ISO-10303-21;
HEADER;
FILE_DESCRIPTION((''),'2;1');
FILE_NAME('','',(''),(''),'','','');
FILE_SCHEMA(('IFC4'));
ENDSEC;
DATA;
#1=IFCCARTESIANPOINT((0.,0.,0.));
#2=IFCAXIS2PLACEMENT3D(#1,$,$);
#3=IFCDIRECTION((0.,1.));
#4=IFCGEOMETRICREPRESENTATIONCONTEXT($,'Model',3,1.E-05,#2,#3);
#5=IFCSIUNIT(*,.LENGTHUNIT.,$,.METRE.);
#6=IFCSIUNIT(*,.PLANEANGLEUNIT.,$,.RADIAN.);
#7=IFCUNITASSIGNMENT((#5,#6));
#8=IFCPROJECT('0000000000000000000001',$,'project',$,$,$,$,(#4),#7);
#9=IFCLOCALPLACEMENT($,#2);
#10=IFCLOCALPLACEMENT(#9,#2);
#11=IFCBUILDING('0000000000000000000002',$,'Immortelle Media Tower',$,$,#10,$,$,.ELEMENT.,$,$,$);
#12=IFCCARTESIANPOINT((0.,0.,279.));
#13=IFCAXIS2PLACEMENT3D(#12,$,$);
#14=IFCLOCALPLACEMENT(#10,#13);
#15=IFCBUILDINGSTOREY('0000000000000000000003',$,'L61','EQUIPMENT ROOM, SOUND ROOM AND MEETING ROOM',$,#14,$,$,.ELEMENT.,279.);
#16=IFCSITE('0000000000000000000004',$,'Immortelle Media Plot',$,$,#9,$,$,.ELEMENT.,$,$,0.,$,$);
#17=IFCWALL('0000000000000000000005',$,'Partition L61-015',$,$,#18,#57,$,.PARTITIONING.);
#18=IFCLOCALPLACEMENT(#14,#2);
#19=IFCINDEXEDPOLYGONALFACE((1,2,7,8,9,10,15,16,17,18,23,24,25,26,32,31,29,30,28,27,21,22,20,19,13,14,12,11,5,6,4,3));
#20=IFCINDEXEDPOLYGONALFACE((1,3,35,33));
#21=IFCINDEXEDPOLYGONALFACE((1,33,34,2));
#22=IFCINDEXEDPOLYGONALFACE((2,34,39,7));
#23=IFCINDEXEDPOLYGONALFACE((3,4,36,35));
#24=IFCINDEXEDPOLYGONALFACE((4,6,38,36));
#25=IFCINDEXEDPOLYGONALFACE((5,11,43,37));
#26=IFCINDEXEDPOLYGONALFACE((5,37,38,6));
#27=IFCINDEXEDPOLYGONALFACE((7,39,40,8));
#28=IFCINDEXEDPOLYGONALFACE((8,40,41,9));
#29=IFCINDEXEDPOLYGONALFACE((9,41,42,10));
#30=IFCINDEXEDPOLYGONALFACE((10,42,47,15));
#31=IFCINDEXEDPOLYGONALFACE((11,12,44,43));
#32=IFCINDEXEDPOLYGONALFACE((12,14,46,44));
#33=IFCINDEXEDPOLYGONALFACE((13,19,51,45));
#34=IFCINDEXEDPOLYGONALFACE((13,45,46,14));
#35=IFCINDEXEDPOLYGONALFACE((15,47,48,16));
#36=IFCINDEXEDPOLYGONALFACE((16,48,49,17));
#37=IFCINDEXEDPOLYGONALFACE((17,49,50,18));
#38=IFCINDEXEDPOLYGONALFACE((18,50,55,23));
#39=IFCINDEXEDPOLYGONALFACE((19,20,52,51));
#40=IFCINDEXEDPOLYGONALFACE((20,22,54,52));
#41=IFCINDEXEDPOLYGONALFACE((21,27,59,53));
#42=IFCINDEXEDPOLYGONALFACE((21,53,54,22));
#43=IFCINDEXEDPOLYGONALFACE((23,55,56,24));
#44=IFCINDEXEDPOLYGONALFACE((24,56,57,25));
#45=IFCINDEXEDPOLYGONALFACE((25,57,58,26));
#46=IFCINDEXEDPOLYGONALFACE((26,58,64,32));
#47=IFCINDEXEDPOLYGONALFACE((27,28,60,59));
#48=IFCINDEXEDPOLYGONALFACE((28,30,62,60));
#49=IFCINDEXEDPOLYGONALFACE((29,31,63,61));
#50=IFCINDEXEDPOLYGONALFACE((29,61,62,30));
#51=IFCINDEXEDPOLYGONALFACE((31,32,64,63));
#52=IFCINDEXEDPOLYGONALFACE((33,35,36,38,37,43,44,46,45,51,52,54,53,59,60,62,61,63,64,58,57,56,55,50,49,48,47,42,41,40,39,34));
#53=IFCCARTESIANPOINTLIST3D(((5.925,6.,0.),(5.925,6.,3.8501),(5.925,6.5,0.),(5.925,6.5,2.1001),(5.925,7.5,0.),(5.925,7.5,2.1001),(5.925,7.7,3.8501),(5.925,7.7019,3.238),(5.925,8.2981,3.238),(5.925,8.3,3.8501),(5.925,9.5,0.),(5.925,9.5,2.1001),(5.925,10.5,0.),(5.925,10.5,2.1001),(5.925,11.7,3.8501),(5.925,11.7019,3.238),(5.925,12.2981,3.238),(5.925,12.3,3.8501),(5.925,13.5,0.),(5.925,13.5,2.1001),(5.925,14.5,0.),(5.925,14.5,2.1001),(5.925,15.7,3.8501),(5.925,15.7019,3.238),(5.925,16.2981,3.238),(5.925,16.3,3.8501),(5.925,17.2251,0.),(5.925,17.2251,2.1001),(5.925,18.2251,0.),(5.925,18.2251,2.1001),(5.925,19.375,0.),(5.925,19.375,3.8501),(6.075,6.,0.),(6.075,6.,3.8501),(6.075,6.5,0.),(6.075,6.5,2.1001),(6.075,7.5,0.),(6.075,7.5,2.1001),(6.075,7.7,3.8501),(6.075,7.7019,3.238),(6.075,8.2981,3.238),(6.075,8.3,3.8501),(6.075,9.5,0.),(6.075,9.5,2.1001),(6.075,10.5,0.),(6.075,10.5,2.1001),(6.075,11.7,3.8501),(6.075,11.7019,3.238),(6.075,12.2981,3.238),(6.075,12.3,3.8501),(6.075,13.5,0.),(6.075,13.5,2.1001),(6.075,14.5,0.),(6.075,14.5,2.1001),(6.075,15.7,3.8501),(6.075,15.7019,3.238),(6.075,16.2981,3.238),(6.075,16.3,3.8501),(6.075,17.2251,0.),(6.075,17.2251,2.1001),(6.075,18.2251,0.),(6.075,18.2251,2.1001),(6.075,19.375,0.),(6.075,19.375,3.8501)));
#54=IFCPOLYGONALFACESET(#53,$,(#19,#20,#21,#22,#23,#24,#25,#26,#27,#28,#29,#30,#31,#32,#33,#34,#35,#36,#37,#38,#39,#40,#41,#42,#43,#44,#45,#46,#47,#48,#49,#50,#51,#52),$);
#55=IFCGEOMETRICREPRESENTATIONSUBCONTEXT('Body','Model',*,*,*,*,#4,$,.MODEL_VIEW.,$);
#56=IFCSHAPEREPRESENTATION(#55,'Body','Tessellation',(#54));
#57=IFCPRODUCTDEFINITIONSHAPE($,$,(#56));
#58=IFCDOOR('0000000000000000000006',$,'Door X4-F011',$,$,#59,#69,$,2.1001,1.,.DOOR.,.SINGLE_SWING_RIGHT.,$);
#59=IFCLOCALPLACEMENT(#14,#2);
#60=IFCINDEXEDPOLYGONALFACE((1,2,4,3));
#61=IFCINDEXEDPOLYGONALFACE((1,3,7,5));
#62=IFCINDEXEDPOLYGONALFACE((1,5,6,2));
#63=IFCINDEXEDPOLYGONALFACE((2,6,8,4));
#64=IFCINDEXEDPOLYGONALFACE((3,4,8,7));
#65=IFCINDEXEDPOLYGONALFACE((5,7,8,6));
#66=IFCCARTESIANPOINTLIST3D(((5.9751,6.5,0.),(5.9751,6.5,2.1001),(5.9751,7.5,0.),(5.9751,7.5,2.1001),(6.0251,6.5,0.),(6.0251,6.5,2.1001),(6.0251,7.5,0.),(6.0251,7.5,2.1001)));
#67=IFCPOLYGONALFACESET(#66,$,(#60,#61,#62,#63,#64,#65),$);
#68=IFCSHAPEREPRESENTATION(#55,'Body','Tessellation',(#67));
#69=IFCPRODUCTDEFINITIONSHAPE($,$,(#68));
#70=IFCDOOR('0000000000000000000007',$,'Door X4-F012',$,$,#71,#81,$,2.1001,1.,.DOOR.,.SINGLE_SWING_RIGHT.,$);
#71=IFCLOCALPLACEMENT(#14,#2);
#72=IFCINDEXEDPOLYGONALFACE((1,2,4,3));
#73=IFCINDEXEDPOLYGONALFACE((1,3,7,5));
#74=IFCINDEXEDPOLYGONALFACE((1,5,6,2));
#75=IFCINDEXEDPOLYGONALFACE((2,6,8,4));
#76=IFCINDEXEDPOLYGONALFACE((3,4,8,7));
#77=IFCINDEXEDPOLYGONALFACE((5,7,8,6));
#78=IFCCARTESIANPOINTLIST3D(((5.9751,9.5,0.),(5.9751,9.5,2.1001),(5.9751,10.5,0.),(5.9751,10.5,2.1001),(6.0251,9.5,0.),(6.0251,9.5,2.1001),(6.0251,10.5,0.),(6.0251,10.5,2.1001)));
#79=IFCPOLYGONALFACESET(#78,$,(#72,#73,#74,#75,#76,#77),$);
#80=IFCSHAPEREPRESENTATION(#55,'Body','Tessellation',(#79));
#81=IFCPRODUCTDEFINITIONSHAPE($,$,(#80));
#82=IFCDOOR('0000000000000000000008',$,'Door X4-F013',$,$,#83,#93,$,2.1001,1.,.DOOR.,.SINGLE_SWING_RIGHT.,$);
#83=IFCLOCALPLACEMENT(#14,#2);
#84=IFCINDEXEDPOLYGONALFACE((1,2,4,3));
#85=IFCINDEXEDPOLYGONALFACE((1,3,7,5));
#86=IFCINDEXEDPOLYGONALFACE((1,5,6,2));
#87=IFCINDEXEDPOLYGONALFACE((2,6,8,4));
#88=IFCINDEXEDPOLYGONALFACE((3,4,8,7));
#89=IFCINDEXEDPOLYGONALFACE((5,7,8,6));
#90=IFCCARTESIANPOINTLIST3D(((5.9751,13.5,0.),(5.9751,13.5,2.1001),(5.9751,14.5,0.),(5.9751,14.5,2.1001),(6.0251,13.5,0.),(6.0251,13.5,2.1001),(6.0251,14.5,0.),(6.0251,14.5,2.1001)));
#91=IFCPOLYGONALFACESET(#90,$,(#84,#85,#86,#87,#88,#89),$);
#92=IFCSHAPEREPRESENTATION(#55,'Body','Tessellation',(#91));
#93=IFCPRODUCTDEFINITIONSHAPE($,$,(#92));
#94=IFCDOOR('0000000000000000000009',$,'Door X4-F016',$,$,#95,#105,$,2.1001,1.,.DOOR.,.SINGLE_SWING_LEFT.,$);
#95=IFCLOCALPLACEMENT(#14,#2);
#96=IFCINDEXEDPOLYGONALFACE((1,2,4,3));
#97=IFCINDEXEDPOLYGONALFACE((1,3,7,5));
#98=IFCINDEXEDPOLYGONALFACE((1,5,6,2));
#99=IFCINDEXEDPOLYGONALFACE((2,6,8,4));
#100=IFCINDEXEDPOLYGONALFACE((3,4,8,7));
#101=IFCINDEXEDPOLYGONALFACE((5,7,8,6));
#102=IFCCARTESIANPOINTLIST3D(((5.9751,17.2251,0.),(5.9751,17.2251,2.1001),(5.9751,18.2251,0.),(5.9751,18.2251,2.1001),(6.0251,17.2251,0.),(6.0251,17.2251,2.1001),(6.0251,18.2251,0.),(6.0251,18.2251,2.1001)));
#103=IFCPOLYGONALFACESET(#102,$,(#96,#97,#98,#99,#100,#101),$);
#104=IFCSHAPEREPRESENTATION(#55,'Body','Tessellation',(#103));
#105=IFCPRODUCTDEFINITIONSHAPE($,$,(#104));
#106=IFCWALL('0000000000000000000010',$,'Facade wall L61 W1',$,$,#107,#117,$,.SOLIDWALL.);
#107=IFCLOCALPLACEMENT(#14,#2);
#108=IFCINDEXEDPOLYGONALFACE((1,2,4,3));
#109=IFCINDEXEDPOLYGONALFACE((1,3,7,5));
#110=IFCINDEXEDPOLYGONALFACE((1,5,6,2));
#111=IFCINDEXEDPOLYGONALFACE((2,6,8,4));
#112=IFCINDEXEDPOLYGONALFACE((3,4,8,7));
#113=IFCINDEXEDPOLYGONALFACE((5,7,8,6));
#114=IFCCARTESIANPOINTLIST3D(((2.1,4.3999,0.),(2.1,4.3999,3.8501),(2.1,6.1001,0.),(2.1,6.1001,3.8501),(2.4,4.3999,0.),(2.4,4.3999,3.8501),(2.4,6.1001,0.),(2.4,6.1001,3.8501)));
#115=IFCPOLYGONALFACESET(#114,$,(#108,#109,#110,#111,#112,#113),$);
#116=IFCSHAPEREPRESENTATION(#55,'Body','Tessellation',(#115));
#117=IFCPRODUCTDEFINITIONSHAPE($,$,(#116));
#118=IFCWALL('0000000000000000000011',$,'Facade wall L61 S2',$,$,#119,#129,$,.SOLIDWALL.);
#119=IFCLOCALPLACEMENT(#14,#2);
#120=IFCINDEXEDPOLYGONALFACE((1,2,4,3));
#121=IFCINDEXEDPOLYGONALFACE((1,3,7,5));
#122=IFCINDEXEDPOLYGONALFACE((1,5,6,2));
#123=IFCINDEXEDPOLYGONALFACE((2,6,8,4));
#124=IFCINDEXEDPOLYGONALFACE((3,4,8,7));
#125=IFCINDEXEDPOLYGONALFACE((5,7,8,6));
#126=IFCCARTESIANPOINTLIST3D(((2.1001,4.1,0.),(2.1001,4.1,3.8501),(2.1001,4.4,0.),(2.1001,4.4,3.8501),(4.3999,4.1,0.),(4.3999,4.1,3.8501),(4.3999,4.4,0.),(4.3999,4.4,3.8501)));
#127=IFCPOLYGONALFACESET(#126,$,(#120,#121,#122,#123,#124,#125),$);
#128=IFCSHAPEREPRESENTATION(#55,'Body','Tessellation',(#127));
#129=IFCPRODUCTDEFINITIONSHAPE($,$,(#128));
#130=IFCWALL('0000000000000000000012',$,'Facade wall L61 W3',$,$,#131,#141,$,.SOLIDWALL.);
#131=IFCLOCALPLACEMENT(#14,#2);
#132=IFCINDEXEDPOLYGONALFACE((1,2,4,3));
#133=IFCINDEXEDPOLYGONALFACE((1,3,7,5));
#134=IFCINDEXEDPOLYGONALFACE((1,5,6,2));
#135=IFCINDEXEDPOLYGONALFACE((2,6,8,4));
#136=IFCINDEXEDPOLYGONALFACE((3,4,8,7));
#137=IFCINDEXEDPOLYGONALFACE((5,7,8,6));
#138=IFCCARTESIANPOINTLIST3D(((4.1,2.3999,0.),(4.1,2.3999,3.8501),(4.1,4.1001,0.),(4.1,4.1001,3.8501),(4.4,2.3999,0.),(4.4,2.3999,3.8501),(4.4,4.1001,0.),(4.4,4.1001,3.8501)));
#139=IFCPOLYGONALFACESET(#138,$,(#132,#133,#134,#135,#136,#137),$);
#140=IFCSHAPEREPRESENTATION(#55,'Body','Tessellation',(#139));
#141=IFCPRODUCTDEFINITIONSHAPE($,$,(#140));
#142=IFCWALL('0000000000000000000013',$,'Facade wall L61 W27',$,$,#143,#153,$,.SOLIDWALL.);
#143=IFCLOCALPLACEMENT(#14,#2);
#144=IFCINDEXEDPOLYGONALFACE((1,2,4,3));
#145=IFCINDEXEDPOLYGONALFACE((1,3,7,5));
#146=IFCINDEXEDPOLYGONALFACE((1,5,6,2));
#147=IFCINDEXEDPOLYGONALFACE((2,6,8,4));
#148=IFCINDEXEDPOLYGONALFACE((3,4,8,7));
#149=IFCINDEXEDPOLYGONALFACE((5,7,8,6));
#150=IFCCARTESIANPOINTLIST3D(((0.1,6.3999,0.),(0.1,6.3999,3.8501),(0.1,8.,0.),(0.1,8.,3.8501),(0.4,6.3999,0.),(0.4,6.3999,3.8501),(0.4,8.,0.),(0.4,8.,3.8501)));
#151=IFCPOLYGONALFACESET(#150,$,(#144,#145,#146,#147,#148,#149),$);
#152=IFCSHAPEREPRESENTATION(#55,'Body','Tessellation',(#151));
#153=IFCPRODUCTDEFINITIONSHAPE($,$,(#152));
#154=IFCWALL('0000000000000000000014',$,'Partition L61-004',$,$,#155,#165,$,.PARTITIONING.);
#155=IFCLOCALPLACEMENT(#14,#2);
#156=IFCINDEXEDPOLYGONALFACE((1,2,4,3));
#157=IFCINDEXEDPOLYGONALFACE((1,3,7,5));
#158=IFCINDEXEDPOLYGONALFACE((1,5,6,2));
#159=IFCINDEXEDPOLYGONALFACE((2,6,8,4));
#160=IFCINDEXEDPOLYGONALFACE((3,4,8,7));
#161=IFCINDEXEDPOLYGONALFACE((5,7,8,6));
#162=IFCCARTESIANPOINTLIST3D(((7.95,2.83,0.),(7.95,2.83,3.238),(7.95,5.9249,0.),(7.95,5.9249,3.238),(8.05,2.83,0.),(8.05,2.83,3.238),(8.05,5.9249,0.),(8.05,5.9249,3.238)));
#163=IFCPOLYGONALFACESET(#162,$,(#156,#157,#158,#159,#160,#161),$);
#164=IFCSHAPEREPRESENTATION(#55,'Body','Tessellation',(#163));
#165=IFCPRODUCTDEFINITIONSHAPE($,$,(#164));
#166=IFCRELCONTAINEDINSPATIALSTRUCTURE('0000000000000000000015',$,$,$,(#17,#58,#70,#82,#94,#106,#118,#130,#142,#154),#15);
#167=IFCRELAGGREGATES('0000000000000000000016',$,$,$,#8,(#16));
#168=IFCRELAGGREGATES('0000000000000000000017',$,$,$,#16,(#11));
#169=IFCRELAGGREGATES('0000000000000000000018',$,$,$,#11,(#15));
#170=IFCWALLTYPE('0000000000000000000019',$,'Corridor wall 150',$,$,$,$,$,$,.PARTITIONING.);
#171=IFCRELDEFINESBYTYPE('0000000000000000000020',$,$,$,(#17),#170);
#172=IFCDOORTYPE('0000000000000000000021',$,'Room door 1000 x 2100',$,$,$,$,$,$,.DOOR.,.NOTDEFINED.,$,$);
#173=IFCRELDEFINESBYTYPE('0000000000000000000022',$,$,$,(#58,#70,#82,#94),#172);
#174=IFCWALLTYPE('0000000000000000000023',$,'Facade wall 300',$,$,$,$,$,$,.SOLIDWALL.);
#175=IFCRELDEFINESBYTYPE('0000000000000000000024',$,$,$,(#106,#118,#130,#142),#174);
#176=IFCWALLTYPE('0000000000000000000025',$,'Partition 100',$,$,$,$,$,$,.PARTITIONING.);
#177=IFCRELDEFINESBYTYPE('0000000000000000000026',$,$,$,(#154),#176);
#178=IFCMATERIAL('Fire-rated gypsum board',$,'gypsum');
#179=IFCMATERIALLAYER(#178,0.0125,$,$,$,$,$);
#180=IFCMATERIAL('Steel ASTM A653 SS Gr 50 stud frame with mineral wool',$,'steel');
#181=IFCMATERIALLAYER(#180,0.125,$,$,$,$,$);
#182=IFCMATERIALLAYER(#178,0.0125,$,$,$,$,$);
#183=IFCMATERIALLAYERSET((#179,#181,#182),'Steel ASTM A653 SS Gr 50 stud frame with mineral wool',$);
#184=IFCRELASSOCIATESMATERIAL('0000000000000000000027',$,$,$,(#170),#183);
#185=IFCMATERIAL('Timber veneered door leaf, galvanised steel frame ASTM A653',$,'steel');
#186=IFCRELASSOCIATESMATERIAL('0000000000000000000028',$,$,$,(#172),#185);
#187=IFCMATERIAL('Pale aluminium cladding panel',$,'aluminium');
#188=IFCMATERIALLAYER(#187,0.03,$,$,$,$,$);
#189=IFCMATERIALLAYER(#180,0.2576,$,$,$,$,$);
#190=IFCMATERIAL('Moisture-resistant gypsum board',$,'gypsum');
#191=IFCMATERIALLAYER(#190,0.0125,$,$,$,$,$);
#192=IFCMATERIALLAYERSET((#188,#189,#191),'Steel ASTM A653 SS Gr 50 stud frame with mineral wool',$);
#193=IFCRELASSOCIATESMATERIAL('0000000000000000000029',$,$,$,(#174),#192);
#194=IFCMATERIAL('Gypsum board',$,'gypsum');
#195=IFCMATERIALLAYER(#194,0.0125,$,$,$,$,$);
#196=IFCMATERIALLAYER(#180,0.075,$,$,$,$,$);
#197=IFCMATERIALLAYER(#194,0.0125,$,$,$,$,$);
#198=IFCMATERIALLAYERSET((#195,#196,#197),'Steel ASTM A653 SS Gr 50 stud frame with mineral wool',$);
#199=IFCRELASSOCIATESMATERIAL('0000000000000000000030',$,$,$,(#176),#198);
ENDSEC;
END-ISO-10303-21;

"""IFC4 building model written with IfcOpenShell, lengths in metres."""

from ifc_helpers import new_model, si_unit, direction, frame, frame_2d, origin, place, context, subcontext, project, spatial, polyline, rectangle, outline, extrude, material, layer, layer_set, type_object, element, fill, save


model = new_model("IFC4")

# Units and contexts
model_context = context("Model", 3, precision=1e-05, world=origin(), true_north=direction((0.0, 1.0)))
body_context = subcontext(model_context, "Body", "Model", "MODEL_VIEW")
ifc_project = project(units=[si_unit("LENGTHUNIT", "METRE"), si_unit("PLANEANGLEUNIT", "RADIAN")], contexts=[model_context])

# Site, building, storey
site_placement = place(None, origin())
site = spatial("IfcSite", under=ifc_project, at=site_placement, Name="Immortelle Media Plot", CompositionType="ELEMENT", RefElevation=0.0)
building_placement = place(site_placement, origin())
building = spatial("IfcBuilding", under=site, at=building_placement, Name="Immortelle Media Tower", CompositionType="ELEMENT")
storey_placement = place(building_placement, frame((0.0, 0.0, 279.0)))
storey = spatial("IfcBuildingStorey", under=building, at=storey_placement, Name="L61", Description="EQUIPMENT ROOM, SOUND ROOM AND MEETING ROOM", CompositionType="ELEMENT", Elevation=279.0)

# Wall, openings, doors
ifc_material_1 = material(Name="Fire-rated gypsum board", Category="gypsum")
ifc_layer_1 = layer(ifc_material_1, 0.0125)
ifc_material_2 = material(Name="Steel ASTM A653 SS Gr 50 stud frame with mineral wool", Category="steel")
ifc_layer_2 = layer(ifc_material_2, 0.125)
ifc_layer_3 = layer(ifc_material_1, 0.0125)
ifc_layer_set_1 = layer_set([ifc_layer_1, ifc_layer_2, ifc_layer_3], Name="Steel ASTM A653 SS Gr 50 stud frame with mineral wool")
wall_type_1 = type_object("IfcWallType", Name="Corridor wall 150", PredefinedType="PARTITIONING", material=ifc_layer_set_1)
ifc_material_3 = material(Name="Timber veneered door leaf, galvanised steel frame ASTM A653", Category="steel")
door_type = type_object("IfcDoorType", Name="Room door 1000 x 2100", OperationType="NOTDEFINED", PredefinedType="DOOR", material=ifc_material_3)
wall_1_placement = place(storey_placement, frame((6.0, 6.0, 0.0), z_axis=(0.0, 0.0, 1.0), x_axis=(0.0, 1.0, 0.0)))
wall_1 = element("IfcWall", 1, at=wall_1_placement, inside=storey, type_object=wall_type_1, Name="Partition L61-015", PredefinedType="PARTITIONING", context=body_context, shape_type="SweptSolid", body=[
    extrude(outline(polyline([(0.0, 0.0), (13.375, 0.0), (13.375, 3.8501), (10.3, 3.8501), (10.2981, 3.238), (9.7019, 3.238), (9.7, 3.8501), (6.3, 3.8501), (6.2981, 3.238), (5.7019, 3.238), (5.7, 3.8501), (2.3, 3.8501), (2.2981, 3.238), (1.7019, 3.238), (1.7, 3.8501), (0.0, 3.8501), (0.0, 0.0)])), frame((0.0, 0.075, 0.0), z_axis=(0.0, -1.0, 0.0), x_axis=(1.0, 0.0, 0.0)), (0.0, 0.0, 1.0), 0.1499),
])
opening_1_placement = place(wall_1_placement, frame((0.5, 0.0, 0.0)))
opening_1 = element("IfcOpeningElement", 2, at=opening_1_placement, cuts=wall_1, PredefinedType="OPENING", context=body_context, shape_type="SweptSolid", body=[
    extrude(rectangle(XDim=1.0, YDim=2.1001, at=frame_2d((0.5, 1.05))), frame((0.0, 0.085, 0.0), z_axis=(0.0, -1.0, 0.0), x_axis=(1.0, 0.0, 0.0)), (0.0, 0.0, 1.0), 0.1699),
])
opening_2_placement = place(wall_1_placement, frame((3.5, 0.0, 0.0)))
opening_2 = element("IfcOpeningElement", 3, at=opening_2_placement, cuts=wall_1, PredefinedType="OPENING", context=body_context, shape_type="SweptSolid", body=[
    extrude(rectangle(XDim=1.0, YDim=2.1001, at=frame_2d((0.5, 1.05))), frame((0.0, 0.085, 0.0), z_axis=(0.0, -1.0, 0.0), x_axis=(1.0, 0.0, 0.0)), (0.0, 0.0, 1.0), 0.1699),
])
opening_3_placement = place(wall_1_placement, frame((7.5, 0.0, 0.0)))
opening_3 = element("IfcOpeningElement", 4, at=opening_3_placement, cuts=wall_1, PredefinedType="OPENING", context=body_context, shape_type="SweptSolid", body=[
    extrude(rectangle(XDim=1.0, YDim=2.1001, at=frame_2d((0.5, 1.05))), frame((0.0, 0.085, 0.0), z_axis=(0.0, -1.0, 0.0), x_axis=(1.0, 0.0, 0.0)), (0.0, 0.0, 1.0), 0.1699),
])
opening_4_placement = place(wall_1_placement, frame((11.2251, 0.0, 0.0)))
opening_4 = element("IfcOpeningElement", 5, at=opening_4_placement, cuts=wall_1, PredefinedType="OPENING", context=body_context, shape_type="SweptSolid", body=[
    extrude(rectangle(XDim=1.0, YDim=2.1001, at=frame_2d((0.5, 1.05))), frame((0.0, 0.085, 0.0), z_axis=(0.0, -1.0, 0.0), x_axis=(1.0, 0.0, 0.0)), (0.0, 0.0, 1.0), 0.1699),
])
door_1_placement = place(opening_1_placement, origin())
door_1 = element("IfcDoor", 6, at=door_1_placement, inside=storey, type_object=door_type, Name="Door X4-F011", OperationType="SINGLE_SWING_RIGHT", OverallHeight=2.1001, OverallWidth=1.0, PredefinedType="DOOR", context=body_context, shape_type="SweptSolid", body=[
    extrude(rectangle(XDim=1.0, YDim=2.1001, at=frame_2d((0.5, 1.05))), frame((0.0, 0.0249, 0.0), z_axis=(0.0, -1.0, 0.0), x_axis=(1.0, 0.0, 0.0)), (0.0, 0.0, 1.0), 0.05),
])
fill(opening_1, door_1)
door_2_placement = place(opening_2_placement, origin())
door_2 = element("IfcDoor", 7, at=door_2_placement, inside=storey, type_object=door_type, Name="Door X4-F012", OperationType="SINGLE_SWING_RIGHT", OverallHeight=2.1001, OverallWidth=1.0, PredefinedType="DOOR", context=body_context, shape_type="SweptSolid", body=[
    extrude(rectangle(XDim=1.0, YDim=2.1001, at=frame_2d((0.5, 1.05))), frame((0.0, 0.0249, 0.0), z_axis=(0.0, -1.0, 0.0), x_axis=(1.0, 0.0, 0.0)), (0.0, 0.0, 1.0), 0.05),
])
fill(opening_2, door_2)
door_3_placement = place(opening_3_placement, origin())
door_3 = element("IfcDoor", 8, at=door_3_placement, inside=storey, type_object=door_type, Name="Door X4-F013", OperationType="SINGLE_SWING_RIGHT", OverallHeight=2.1001, OverallWidth=1.0, PredefinedType="DOOR", context=body_context, shape_type="SweptSolid", body=[
    extrude(rectangle(XDim=1.0, YDim=2.1001, at=frame_2d((0.5, 1.05))), frame((0.0, 0.0249, 0.0), z_axis=(0.0, -1.0, 0.0), x_axis=(1.0, 0.0, 0.0)), (0.0, 0.0, 1.0), 0.05),
])
fill(opening_3, door_3)
door_4_placement = place(opening_4_placement, origin())
door_4 = element("IfcDoor", 9, at=door_4_placement, inside=storey, type_object=door_type, Name="Door X4-F016", OperationType="SINGLE_SWING_LEFT", OverallHeight=2.1001, OverallWidth=1.0, PredefinedType="DOOR", context=body_context, shape_type="SweptSolid", body=[
    extrude(rectangle(XDim=1.0, YDim=2.1001, at=frame_2d((0.5, 1.05))), frame((0.0, 0.0249, 0.0), z_axis=(0.0, -1.0, 0.0), x_axis=(1.0, 0.0, 0.0)), (0.0, 0.0, 1.0), 0.05),
])
fill(opening_4, door_4)

# Walls
ifc_material_4 = material(Name="Pale aluminium cladding panel", Category="aluminium")
ifc_layer_4 = layer(ifc_material_4, 0.03)
ifc_layer_5 = layer(ifc_material_2, 0.2576)
ifc_material_5 = material(Name="Moisture-resistant gypsum board", Category="gypsum")
ifc_layer_6 = layer(ifc_material_5, 0.0125)
ifc_layer_set_2 = layer_set([ifc_layer_4, ifc_layer_5, ifc_layer_6], Name="Steel ASTM A653 SS Gr 50 stud frame with mineral wool")
wall_type_2 = type_object("IfcWallType", Name="Facade wall 300", PredefinedType="SOLIDWALL", material=ifc_layer_set_2)
wall_2_placement = place(storey_placement, frame((2.25, 6.1001, 0.0), z_axis=(0.0, 0.0, 1.0), x_axis=(0.0, -1.0, 0.0)))
element("IfcWall", 10, at=wall_2_placement, inside=storey, type_object=wall_type_2, Name="Facade wall L61 W1", PredefinedType="SOLIDWALL", context=body_context, shape_type="SweptSolid", body=[
    extrude(rectangle(XDim=1.7002, YDim=0.3, at=frame_2d((0.8501, 0.0))), origin(), (0.0, 0.0, 1.0), 3.8501),
])
wall_3_placement = place(storey_placement, frame((2.1001, 4.25, 0.0), z_axis=(0.0, 0.0, 1.0), x_axis=(1.0, 0.0, 0.0)))
element("IfcWall", 11, at=wall_3_placement, inside=storey, type_object=wall_type_2, Name="Facade wall L61 S2", PredefinedType="SOLIDWALL", context=body_context, shape_type="SweptSolid", body=[
    extrude(rectangle(XDim=2.2998, YDim=0.3, at=frame_2d((1.1499, 0.0))), origin(), (0.0, 0.0, 1.0), 3.8501),
])
wall_4_placement = place(storey_placement, frame((4.25, 4.1001, 0.0), z_axis=(0.0, 0.0, 1.0), x_axis=(0.0, -1.0, 0.0)))
element("IfcWall", 12, at=wall_4_placement, inside=storey, type_object=wall_type_2, Name="Facade wall L61 W3", PredefinedType="SOLIDWALL", context=body_context, shape_type="SweptSolid", body=[
    extrude(rectangle(XDim=1.7002, YDim=0.3, at=frame_2d((0.8501, 0.0))), origin(), (0.0, 0.0, 1.0), 3.8501),
])
wall_5_placement = place(storey_placement, frame((0.25, 8.0, 0.0), z_axis=(0.0, 0.0, 1.0), x_axis=(0.0, -1.0, 0.0)))
element("IfcWall", 13, at=wall_5_placement, inside=storey, type_object=wall_type_2, Name="Facade wall L61 W27", PredefinedType="SOLIDWALL", context=body_context, shape_type="SweptSolid", body=[
    extrude(rectangle(XDim=1.6001, YDim=0.3, at=frame_2d((0.8, 0.0))), origin(), (0.0, 0.0, 1.0), 3.8501),
])
ifc_material_6 = material(Name="Gypsum board", Category="gypsum")
ifc_layer_7 = layer(ifc_material_6, 0.0125)
ifc_layer_8 = layer(ifc_material_2, 0.075)
ifc_layer_9 = layer(ifc_material_6, 0.0125)
ifc_layer_set_3 = layer_set([ifc_layer_7, ifc_layer_8, ifc_layer_9], Name="Steel ASTM A653 SS Gr 50 stud frame with mineral wool")
wall_type_3 = type_object("IfcWallType", Name="Partition 100", PredefinedType="PARTITIONING", material=ifc_layer_set_3)
wall_6_placement = place(storey_placement, frame((8.0, 2.8301, 0.0), z_axis=(0.0, 0.0, 1.0), x_axis=(0.0, 1.0, 0.0)))
element("IfcWall", 14, at=wall_6_placement, inside=storey, type_object=wall_type_3, Name="Partition L61-004", PredefinedType="PARTITIONING", context=body_context, shape_type="SweptSolid", body=[
    extrude(rectangle(XDim=3.095, YDim=0.1001, at=frame_2d((1.5474, 0.0))), origin(), (0.0, 0.0, 1.0), 3.238),
])

save(model, "model.ifc")
